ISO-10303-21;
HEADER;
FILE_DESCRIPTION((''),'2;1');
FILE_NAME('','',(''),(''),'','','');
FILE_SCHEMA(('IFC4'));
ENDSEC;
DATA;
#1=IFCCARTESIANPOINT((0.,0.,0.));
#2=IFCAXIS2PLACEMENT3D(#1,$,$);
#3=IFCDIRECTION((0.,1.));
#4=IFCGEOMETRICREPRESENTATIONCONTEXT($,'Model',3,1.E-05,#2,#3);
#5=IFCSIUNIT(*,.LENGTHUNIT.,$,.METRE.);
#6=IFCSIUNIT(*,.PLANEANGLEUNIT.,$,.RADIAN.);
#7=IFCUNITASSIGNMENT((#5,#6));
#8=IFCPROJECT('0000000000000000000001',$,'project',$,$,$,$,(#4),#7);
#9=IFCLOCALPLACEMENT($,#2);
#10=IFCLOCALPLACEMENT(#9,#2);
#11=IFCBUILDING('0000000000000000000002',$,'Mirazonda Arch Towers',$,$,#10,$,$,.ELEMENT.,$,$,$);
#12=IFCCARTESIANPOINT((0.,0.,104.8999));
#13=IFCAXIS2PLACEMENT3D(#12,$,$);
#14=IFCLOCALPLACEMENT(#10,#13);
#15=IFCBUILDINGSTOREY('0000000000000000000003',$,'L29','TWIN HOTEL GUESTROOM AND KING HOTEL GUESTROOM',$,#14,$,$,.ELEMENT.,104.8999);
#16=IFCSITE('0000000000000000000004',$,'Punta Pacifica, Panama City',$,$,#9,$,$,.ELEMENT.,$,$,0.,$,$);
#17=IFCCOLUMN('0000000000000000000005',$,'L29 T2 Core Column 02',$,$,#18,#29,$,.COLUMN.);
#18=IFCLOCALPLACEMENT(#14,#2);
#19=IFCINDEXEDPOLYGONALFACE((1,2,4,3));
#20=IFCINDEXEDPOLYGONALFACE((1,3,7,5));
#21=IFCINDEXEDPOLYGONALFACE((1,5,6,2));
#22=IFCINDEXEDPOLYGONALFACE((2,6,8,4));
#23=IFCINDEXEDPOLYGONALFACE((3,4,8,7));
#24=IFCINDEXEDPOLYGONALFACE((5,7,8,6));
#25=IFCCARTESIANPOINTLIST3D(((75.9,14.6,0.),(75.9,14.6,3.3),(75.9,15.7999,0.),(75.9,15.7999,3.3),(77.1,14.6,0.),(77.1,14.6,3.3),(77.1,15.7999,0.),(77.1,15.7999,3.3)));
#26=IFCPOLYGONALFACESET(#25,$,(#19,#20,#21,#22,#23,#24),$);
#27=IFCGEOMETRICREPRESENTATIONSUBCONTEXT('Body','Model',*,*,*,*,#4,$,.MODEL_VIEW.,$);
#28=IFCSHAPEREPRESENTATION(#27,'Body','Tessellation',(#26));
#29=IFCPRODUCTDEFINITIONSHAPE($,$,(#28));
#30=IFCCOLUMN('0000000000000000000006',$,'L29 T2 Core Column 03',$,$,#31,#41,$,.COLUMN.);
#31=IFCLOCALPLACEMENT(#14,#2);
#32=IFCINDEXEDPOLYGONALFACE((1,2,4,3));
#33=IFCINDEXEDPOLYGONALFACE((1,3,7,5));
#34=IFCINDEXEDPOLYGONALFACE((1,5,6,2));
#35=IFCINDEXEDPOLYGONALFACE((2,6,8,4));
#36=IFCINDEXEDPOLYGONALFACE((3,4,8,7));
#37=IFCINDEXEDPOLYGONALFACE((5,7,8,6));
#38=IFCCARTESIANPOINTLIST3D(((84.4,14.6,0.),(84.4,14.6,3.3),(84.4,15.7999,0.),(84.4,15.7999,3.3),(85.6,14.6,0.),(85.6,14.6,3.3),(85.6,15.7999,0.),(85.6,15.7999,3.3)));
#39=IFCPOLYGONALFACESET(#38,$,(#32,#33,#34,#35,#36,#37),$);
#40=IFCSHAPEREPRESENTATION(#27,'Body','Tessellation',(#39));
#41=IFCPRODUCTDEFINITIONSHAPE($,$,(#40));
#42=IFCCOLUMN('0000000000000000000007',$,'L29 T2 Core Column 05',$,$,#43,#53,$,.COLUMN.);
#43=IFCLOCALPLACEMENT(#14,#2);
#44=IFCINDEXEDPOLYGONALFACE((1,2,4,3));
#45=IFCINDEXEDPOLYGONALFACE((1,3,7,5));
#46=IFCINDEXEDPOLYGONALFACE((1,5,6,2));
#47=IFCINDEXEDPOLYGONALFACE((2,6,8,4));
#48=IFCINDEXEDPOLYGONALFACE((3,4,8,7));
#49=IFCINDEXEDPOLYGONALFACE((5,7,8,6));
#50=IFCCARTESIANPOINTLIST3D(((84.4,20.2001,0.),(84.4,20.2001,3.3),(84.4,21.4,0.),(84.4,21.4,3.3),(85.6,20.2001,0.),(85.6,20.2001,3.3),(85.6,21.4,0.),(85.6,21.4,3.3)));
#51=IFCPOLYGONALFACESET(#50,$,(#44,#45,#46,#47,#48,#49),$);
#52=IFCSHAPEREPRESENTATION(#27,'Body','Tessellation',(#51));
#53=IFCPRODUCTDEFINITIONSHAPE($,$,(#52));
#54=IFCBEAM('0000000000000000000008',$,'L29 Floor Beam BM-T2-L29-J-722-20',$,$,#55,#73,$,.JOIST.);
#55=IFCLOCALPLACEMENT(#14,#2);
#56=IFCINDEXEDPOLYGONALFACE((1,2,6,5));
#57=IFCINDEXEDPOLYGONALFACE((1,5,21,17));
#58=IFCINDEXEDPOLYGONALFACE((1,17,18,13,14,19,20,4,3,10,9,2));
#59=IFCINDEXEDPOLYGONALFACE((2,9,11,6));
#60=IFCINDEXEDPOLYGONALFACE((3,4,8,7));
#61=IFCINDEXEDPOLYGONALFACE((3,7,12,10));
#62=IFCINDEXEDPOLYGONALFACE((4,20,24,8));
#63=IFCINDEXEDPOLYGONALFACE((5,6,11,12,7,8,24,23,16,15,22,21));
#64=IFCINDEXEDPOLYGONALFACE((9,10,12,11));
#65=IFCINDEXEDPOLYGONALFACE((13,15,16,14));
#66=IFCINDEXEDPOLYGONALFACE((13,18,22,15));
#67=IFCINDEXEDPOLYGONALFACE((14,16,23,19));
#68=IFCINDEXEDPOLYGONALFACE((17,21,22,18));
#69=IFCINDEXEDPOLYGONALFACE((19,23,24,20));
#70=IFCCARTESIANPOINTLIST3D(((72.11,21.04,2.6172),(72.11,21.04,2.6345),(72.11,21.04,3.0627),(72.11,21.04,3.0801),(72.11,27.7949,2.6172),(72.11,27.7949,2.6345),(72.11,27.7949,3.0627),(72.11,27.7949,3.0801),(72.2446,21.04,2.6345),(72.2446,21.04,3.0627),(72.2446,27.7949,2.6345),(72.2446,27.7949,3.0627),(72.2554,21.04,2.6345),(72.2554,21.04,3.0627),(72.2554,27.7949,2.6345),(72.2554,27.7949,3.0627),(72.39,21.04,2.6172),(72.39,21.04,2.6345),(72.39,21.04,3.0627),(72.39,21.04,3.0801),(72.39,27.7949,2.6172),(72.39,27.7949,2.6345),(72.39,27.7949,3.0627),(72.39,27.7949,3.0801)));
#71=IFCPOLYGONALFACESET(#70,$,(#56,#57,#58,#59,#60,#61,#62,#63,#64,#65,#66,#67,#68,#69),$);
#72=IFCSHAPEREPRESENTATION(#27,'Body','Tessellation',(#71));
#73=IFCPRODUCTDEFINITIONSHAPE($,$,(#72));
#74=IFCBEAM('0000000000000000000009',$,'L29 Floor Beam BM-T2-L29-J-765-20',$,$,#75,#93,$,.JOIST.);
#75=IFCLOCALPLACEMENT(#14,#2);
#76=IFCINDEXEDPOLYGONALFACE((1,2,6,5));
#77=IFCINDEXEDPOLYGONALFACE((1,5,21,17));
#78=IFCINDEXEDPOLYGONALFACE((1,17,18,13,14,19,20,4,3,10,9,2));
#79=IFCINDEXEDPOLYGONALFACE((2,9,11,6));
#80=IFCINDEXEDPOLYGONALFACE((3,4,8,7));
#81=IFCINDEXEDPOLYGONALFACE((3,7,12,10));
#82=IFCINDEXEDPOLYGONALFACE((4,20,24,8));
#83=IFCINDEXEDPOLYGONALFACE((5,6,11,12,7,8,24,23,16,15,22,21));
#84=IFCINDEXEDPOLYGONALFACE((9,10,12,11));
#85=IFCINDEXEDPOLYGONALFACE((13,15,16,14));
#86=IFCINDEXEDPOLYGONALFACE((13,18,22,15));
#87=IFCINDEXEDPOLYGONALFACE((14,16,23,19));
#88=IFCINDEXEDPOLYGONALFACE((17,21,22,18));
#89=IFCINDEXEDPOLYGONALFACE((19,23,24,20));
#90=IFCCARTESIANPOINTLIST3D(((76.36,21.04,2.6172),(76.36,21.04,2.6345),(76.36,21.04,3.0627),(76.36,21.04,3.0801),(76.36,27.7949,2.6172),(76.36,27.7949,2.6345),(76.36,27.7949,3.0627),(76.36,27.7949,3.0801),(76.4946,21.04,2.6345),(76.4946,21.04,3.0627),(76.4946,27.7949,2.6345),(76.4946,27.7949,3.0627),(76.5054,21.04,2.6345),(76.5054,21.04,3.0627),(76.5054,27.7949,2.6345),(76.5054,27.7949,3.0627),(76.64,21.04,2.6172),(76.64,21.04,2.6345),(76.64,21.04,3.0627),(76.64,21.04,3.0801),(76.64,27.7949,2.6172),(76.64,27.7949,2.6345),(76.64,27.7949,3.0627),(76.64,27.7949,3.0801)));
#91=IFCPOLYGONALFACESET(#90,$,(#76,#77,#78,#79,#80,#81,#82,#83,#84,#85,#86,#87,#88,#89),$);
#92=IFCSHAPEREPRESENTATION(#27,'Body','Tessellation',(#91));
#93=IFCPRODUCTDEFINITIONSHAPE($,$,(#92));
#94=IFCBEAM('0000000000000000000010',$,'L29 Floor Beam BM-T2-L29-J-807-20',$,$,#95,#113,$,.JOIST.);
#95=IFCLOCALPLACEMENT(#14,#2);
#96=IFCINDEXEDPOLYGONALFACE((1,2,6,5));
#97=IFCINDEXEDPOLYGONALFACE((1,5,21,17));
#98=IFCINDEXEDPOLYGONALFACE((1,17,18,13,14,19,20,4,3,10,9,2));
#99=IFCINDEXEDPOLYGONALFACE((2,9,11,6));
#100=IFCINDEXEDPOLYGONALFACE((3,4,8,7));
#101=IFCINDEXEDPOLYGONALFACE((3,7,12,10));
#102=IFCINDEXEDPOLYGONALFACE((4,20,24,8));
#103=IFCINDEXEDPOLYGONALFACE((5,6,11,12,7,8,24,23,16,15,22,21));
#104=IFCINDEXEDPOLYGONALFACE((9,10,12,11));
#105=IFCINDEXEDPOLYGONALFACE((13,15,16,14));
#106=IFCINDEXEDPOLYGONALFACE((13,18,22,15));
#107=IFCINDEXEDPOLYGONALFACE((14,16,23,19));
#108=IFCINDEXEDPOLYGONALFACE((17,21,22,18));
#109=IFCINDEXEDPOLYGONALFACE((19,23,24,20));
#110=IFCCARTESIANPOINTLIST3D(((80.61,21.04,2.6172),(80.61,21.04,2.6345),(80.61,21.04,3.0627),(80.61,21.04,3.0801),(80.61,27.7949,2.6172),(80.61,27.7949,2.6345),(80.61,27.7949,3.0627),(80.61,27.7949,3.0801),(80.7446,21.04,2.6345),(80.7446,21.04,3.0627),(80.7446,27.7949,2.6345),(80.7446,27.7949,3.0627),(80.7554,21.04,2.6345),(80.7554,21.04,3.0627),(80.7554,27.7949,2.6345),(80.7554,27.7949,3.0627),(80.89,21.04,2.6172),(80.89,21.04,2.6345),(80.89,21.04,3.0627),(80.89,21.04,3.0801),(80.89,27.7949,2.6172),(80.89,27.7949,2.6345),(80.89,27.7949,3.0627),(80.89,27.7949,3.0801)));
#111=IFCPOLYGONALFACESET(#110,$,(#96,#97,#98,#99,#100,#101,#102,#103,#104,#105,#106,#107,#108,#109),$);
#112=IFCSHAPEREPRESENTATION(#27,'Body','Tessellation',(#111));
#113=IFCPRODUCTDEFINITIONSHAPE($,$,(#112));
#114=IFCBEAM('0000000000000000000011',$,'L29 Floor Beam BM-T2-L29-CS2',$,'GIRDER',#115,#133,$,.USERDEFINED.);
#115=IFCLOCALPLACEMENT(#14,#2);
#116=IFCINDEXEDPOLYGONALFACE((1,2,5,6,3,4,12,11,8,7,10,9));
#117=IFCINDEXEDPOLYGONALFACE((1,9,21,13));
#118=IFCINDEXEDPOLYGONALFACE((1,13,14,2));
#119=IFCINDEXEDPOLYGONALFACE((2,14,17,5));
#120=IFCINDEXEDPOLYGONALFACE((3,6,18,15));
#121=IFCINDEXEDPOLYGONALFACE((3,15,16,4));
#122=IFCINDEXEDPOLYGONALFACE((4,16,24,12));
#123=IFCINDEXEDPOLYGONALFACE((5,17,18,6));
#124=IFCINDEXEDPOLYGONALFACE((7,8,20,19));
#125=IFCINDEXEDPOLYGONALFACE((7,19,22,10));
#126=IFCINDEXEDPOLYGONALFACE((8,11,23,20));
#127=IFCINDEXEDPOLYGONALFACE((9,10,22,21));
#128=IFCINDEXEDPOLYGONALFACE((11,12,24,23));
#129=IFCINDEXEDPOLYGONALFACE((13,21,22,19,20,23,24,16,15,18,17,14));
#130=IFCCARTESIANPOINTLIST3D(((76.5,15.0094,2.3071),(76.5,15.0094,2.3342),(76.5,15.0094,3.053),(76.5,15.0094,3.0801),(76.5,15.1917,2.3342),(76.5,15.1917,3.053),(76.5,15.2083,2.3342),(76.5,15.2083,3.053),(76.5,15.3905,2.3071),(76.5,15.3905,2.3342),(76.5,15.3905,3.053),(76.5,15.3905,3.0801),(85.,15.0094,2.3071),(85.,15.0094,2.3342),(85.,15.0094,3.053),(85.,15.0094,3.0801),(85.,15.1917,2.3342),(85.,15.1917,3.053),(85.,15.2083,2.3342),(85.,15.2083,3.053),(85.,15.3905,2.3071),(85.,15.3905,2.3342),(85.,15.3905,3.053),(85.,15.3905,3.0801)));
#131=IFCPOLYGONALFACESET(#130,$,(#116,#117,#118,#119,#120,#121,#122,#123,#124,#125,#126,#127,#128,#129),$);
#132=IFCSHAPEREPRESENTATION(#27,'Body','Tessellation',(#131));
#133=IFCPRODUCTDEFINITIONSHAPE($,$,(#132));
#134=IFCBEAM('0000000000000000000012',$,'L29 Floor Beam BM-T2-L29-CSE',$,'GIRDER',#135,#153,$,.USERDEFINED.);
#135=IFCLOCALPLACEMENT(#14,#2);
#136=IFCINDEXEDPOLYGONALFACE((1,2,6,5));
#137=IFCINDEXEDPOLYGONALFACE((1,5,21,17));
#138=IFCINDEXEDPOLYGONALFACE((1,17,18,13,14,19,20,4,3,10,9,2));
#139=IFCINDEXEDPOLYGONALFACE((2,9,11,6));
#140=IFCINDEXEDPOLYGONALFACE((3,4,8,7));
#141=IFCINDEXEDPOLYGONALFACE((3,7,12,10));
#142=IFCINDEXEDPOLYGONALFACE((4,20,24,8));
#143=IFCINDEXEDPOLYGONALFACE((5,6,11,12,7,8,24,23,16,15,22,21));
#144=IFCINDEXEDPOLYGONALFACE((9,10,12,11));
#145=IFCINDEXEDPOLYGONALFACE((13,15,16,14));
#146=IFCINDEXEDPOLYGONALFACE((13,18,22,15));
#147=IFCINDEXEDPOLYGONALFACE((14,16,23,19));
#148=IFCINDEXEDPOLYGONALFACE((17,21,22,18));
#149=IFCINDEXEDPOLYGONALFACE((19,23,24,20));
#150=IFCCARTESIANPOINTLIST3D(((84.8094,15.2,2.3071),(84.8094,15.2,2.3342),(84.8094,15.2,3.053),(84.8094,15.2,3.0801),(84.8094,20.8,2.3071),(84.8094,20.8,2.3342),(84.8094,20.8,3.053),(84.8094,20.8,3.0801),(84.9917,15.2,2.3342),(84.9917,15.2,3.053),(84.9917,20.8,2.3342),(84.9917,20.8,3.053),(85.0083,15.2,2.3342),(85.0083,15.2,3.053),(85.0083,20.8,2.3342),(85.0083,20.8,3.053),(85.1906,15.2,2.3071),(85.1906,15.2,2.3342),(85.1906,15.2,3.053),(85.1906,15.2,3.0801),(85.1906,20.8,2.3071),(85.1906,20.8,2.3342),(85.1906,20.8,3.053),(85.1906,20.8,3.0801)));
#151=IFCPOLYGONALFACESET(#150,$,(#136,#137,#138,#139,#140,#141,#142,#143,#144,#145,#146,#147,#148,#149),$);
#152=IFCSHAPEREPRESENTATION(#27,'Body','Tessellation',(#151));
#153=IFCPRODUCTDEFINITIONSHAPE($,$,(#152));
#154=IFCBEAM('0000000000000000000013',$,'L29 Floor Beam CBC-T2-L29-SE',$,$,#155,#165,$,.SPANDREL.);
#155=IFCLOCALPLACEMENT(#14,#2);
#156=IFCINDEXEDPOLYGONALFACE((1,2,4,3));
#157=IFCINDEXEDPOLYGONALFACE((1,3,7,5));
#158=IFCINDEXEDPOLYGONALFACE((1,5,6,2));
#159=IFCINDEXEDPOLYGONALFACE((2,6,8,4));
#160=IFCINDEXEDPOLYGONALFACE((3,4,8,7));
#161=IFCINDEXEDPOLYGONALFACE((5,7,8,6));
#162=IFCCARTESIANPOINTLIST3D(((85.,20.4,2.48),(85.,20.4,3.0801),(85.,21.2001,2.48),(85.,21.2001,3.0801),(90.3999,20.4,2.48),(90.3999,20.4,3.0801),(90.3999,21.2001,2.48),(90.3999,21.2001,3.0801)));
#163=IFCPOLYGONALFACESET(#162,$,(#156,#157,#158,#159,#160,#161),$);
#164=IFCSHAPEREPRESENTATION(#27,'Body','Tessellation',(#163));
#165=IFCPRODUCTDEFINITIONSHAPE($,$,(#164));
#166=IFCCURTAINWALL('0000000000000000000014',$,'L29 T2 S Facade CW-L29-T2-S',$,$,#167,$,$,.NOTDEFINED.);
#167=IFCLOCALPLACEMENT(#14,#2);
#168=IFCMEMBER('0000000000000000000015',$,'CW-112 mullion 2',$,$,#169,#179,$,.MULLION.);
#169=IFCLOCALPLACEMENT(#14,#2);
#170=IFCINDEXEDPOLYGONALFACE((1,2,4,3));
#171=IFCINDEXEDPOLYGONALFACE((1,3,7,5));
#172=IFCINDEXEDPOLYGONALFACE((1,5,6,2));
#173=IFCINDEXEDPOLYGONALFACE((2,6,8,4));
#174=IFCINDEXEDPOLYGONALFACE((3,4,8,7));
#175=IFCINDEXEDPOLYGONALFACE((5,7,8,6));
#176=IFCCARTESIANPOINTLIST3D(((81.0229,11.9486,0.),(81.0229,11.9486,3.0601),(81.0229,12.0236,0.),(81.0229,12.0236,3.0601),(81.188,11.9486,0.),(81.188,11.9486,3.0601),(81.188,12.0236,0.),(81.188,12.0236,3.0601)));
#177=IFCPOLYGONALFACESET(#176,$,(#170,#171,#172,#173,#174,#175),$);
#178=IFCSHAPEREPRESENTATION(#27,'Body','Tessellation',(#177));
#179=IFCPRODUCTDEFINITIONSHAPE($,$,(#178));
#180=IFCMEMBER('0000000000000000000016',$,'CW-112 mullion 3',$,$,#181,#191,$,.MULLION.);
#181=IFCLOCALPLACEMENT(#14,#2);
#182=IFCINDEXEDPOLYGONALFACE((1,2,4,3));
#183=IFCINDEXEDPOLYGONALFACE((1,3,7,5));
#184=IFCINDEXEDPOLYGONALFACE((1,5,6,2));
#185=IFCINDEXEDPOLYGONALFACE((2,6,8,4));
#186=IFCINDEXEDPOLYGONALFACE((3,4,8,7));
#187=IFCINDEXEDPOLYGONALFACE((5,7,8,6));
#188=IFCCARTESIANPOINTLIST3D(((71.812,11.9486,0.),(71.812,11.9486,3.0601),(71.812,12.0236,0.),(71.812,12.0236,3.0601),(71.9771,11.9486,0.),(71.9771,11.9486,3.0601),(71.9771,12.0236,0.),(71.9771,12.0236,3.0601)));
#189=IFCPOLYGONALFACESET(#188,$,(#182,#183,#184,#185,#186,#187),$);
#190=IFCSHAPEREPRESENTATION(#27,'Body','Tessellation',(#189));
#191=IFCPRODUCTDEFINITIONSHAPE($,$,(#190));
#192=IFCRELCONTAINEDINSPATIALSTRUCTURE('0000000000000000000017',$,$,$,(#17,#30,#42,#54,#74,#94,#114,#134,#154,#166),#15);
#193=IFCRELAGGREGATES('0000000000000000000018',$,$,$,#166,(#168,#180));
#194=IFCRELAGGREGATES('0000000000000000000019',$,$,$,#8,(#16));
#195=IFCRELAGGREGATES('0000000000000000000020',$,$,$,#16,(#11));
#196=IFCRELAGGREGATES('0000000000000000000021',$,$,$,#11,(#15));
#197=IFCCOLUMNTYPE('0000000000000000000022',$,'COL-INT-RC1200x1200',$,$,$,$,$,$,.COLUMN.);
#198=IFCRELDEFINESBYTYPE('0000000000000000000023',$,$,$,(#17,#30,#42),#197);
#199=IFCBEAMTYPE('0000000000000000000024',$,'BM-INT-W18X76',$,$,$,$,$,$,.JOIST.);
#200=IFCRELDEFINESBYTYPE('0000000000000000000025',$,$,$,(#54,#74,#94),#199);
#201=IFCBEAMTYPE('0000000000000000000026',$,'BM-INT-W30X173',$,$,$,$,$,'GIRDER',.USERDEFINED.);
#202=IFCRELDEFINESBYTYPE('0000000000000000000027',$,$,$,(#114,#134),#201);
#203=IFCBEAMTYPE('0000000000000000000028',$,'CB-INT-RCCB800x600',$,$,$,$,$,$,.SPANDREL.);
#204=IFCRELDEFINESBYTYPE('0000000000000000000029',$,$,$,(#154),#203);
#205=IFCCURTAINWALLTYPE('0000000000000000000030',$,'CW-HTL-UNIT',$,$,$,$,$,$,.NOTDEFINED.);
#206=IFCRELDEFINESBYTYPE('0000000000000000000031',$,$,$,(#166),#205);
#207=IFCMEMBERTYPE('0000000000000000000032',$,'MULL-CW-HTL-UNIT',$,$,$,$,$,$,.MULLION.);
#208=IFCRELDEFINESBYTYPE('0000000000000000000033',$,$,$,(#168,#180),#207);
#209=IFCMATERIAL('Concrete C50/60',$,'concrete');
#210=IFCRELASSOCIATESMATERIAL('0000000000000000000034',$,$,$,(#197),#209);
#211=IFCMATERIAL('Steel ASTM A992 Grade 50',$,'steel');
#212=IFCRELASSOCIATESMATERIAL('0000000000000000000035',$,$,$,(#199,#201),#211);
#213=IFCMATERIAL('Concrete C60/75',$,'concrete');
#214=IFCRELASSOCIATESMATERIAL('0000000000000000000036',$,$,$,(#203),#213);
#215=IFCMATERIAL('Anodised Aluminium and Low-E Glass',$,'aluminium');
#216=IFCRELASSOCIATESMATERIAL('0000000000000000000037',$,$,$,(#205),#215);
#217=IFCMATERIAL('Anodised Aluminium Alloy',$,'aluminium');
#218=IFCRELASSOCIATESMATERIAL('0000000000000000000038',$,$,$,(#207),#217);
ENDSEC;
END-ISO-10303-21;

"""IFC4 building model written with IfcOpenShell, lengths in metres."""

from ifc_helpers import new_model, si_unit, direction, frame, origin, origin_2d, place, context, subcontext, project, spatial, rectangle, i_section, extrude, material, material_profile, profile_set, type_object, element, aggregate, save


model = new_model("IFC4")

# Units and contexts
model_context = context("Model", 3, precision=1e-05, world=origin(), true_north=direction((0.0, 1.0)))
body_context = subcontext(model_context, "Body", "Model", "MODEL_VIEW")
ifc_project = project(units=[si_unit("LENGTHUNIT", "METRE"), si_unit("PLANEANGLEUNIT", "RADIAN")], contexts=[model_context])

# Site, building, storey
site_placement = place(None, origin())
site = spatial("IfcSite", under=ifc_project, at=site_placement, Name="Punta Pacifica, Panama City", CompositionType="ELEMENT", RefElevation=0.0)
building_placement = place(site_placement, origin())
building = spatial("IfcBuilding", under=site, at=building_placement, Name="Mirazonda Arch Towers", CompositionType="ELEMENT")
storey_placement = place(building_placement, frame((0.0, 0.0, 104.8999)))
storey = spatial("IfcBuildingStorey", under=building, at=storey_placement, Name="L29", Description="TWIN HOTEL GUESTROOM AND KING HOTEL GUESTROOM", CompositionType="ELEMENT", Elevation=104.8999)

# Columns
ifc_material_1 = material(Name="Concrete C50/60", Category="concrete")
ifc_material_profile_1 = material_profile(ifc_material_1, rectangle(XDim=1.2, YDim=1.2, at=origin_2d()), Name="RC1200x1200")
ifc_profile_set_1 = profile_set([ifc_material_profile_1], Name="Concrete C50/60")
column_type = type_object("IfcColumnType", Name="COL-INT-RC1200x1200", PredefinedType="COLUMN", material=ifc_profile_set_1)
for number, where, z_axis, x_axis, name in (
    (1, (76.5, 15.2, 0.0), (0.0, 0.0, 1.0), (1.0, 0.0, 0.0), "L29 T2 Core Column 02"),
    (2, (85.0, 15.2, 0.0), (0.0, 0.0, 1.0), (1.0, 0.0, 0.0), "L29 T2 Core Column 03"),
    (3, (85.0, 20.8, 0.0), (0.0, 0.0, 1.0), (1.0, 0.0, 0.0), "L29 T2 Core Column 05"),
):
    element("IfcColumn", number, at=place(storey_placement, frame(where, z_axis=z_axis, x_axis=x_axis)), inside=storey, type_object=column_type, Name=name, PredefinedType="COLUMN", context=body_context, shape_type="SweptSolid", body=[
        extrude(rectangle(XDim=1.2, YDim=1.2, at=origin_2d()), origin(), (0.0, 0.0, 1.0), 3.3),
    ])

# Beams
ifc_material_2 = material(Name="Steel ASTM A992 Grade 50", Category="steel")
ifc_material_profile_2 = material_profile(ifc_material_2, i_section(OverallWidth=0.28, OverallDepth=0.4629, WebThickness=0.0107, FlangeThickness=0.0173, at=origin_2d()), Name="W18X76")
ifc_profile_set_2 = profile_set([ifc_material_profile_2], Name="Steel ASTM A992 Grade 50")
beam_type_1 = type_object("IfcBeamType", Name="BM-INT-W18X76", PredefinedType="JOIST", material=ifc_profile_set_2)
for number, where, z_axis, x_axis, name in (
    (4, (72.25, 21.04, 2.8486), (0.0, 1.0, 0.0), (-1.0, 0.0, 0.0), "L29 Floor Beam BM-T2-L29-J-722-20"),
    (5, (76.5, 21.04, 2.8486), (0.0, 1.0, 0.0), (-1.0, 0.0, 0.0), "L29 Floor Beam BM-T2-L29-J-765-20"),
    (6, (80.75, 21.04, 2.8486), (0.0, 1.0, 0.0), (-1.0, 0.0, 0.0), "L29 Floor Beam BM-T2-L29-J-807-20"),
):
    element("IfcBeam", number, at=place(storey_placement, frame(where, z_axis=z_axis, x_axis=x_axis)), inside=storey, type_object=beam_type_1, Name=name, PredefinedType="JOIST", context=body_context, shape_type="SweptSolid", body=[
        extrude(i_section(OverallWidth=0.28, OverallDepth=0.4629, WebThickness=0.0107, FlangeThickness=0.0173, at=origin_2d()), origin(), (0.0, 0.0, 1.0), 6.7549),
    ])
ifc_material_profile_3 = material_profile(ifc_material_2, i_section(OverallWidth=0.3811, OverallDepth=0.7729, WebThickness=0.0166, FlangeThickness=0.0271, at=origin_2d()), Name="W30X173")
ifc_profile_set_3 = profile_set([ifc_material_profile_3], Name="Steel ASTM A992 Grade 50")
beam_type_2 = type_object("IfcBeamType", Name="BM-INT-W30X173", ElementType="GIRDER", PredefinedType="USERDEFINED", material=ifc_profile_set_3)
beam_1_placement = place(storey_placement, frame((76.5, 15.2, 2.6936), z_axis=(1.0, 0.0, 0.0), x_axis=(0.0, 1.0, 0.0)))
element("IfcBeam", 7, at=beam_1_placement, inside=storey, type_object=beam_type_2, Name="L29 Floor Beam BM-T2-L29-CS2", ObjectType="GIRDER", PredefinedType="USERDEFINED", context=body_context, shape_type="SweptSolid", body=[
    extrude(i_section(OverallWidth=0.3811, OverallDepth=0.7729, WebThickness=0.0166, FlangeThickness=0.0271, at=origin_2d()), origin(), (0.0, 0.0, 1.0), 8.5),
])
beam_2_placement = place(storey_placement, frame((85.0, 15.2, 2.6936), z_axis=(0.0, 1.0, 0.0), x_axis=(-1.0, 0.0, 0.0)))
element("IfcBeam", 8, at=beam_2_placement, inside=storey, type_object=beam_type_2, Name="L29 Floor Beam BM-T2-L29-CSE", ObjectType="GIRDER", PredefinedType="USERDEFINED", context=body_context, shape_type="SweptSolid", body=[
    extrude(i_section(OverallWidth=0.3811, OverallDepth=0.7729, WebThickness=0.0166, FlangeThickness=0.0271, at=origin_2d()), origin(), (0.0, 0.0, 1.0), 5.6001),
])
ifc_material_3 = material(Name="Concrete C60/75", Category="concrete")
ifc_material_profile_4 = material_profile(ifc_material_3, rectangle(XDim=0.8, YDim=0.6001, at=origin_2d()), Name="RCCB800x600")
ifc_profile_set_4 = profile_set([ifc_material_profile_4], Name="Concrete C60/75")
beam_type_3 = type_object("IfcBeamType", Name="CB-INT-RCCB800x600", PredefinedType="SPANDREL", material=ifc_profile_set_4)
beam_3_placement = place(storey_placement, frame((85.0, 20.8, 2.78), z_axis=(1.0, 0.0, 0.0), x_axis=(0.0, 1.0, 0.0)))
element("IfcBeam", 9, at=beam_3_placement, inside=storey, type_object=beam_type_3, Name="L29 Floor Beam CBC-T2-L29-SE", PredefinedType="SPANDREL", context=body_context, shape_type="SweptSolid", body=[
    extrude(rectangle(XDim=0.8, YDim=0.6001, at=origin_2d()), origin(), (0.0, 0.0, 1.0), 5.3999),
])

# Curtain wall, members
ifc_material_4 = material(Name="Anodised Aluminium and Low-E Glass", Category="aluminium")
curtain_wall_type = type_object("IfcCurtainWallType", Name="CW-HTL-UNIT", PredefinedType="NOTDEFINED", material=ifc_material_4)
curtain_wall_placement = place(storey_placement, origin())
curtain_wall = element("IfcCurtainWall", 10, at=curtain_wall_placement, inside=storey, type_object=curtain_wall_type, Name="L29 T2 S Facade CW-L29-T2-S", PredefinedType="NOTDEFINED")
ifc_material_5 = material(Name="Anodised Aluminium Alloy", Category="aluminium")
ifc_material_profile_5 = material_profile(ifc_material_5, rectangle(XDim=0.075, YDim=0.165, at=origin_2d()), Name="ALU-MULL-75x165")
ifc_profile_set_5 = profile_set([ifc_material_profile_5], Name="Anodised Aluminium Alloy")
member_type_1 = type_object("IfcMemberType", Name="MULL-CW-HTL-UNIT", PredefinedType="MULLION", material=ifc_profile_set_5)
member_1_placement = place(storey_placement, frame((81.1055, 11.9861, 0.0), z_axis=(0.0, 0.0, 1.0), x_axis=(0.0, -1.0, 0.0)))
member_1 = element("IfcMember", 11, at=member_1_placement, type_object=member_type_1, Name="CW-112 mullion 2", PredefinedType="MULLION", context=body_context, shape_type="SweptSolid", body=[
    extrude(rectangle(XDim=0.075, YDim=0.165, at=origin_2d()), origin(), (0.0, 0.0, 1.0), 3.0601),
])
member_2_placement = place(storey_placement, frame((71.8945, 11.9861, 0.0), z_axis=(0.0, 0.0, 1.0), x_axis=(0.0, -1.0, 0.0)))
member_2 = element("IfcMember", 12, at=member_2_placement, type_object=member_type_1, Name="CW-112 mullion 3", PredefinedType="MULLION", context=body_context, shape_type="SweptSolid", body=[
    extrude(rectangle(XDim=0.075, YDim=0.165, at=origin_2d()), origin(), (0.0, 0.0, 1.0), 3.0601),
])
aggregate(curtain_wall, [member_1, member_2])

save(model, "model.ifc")
